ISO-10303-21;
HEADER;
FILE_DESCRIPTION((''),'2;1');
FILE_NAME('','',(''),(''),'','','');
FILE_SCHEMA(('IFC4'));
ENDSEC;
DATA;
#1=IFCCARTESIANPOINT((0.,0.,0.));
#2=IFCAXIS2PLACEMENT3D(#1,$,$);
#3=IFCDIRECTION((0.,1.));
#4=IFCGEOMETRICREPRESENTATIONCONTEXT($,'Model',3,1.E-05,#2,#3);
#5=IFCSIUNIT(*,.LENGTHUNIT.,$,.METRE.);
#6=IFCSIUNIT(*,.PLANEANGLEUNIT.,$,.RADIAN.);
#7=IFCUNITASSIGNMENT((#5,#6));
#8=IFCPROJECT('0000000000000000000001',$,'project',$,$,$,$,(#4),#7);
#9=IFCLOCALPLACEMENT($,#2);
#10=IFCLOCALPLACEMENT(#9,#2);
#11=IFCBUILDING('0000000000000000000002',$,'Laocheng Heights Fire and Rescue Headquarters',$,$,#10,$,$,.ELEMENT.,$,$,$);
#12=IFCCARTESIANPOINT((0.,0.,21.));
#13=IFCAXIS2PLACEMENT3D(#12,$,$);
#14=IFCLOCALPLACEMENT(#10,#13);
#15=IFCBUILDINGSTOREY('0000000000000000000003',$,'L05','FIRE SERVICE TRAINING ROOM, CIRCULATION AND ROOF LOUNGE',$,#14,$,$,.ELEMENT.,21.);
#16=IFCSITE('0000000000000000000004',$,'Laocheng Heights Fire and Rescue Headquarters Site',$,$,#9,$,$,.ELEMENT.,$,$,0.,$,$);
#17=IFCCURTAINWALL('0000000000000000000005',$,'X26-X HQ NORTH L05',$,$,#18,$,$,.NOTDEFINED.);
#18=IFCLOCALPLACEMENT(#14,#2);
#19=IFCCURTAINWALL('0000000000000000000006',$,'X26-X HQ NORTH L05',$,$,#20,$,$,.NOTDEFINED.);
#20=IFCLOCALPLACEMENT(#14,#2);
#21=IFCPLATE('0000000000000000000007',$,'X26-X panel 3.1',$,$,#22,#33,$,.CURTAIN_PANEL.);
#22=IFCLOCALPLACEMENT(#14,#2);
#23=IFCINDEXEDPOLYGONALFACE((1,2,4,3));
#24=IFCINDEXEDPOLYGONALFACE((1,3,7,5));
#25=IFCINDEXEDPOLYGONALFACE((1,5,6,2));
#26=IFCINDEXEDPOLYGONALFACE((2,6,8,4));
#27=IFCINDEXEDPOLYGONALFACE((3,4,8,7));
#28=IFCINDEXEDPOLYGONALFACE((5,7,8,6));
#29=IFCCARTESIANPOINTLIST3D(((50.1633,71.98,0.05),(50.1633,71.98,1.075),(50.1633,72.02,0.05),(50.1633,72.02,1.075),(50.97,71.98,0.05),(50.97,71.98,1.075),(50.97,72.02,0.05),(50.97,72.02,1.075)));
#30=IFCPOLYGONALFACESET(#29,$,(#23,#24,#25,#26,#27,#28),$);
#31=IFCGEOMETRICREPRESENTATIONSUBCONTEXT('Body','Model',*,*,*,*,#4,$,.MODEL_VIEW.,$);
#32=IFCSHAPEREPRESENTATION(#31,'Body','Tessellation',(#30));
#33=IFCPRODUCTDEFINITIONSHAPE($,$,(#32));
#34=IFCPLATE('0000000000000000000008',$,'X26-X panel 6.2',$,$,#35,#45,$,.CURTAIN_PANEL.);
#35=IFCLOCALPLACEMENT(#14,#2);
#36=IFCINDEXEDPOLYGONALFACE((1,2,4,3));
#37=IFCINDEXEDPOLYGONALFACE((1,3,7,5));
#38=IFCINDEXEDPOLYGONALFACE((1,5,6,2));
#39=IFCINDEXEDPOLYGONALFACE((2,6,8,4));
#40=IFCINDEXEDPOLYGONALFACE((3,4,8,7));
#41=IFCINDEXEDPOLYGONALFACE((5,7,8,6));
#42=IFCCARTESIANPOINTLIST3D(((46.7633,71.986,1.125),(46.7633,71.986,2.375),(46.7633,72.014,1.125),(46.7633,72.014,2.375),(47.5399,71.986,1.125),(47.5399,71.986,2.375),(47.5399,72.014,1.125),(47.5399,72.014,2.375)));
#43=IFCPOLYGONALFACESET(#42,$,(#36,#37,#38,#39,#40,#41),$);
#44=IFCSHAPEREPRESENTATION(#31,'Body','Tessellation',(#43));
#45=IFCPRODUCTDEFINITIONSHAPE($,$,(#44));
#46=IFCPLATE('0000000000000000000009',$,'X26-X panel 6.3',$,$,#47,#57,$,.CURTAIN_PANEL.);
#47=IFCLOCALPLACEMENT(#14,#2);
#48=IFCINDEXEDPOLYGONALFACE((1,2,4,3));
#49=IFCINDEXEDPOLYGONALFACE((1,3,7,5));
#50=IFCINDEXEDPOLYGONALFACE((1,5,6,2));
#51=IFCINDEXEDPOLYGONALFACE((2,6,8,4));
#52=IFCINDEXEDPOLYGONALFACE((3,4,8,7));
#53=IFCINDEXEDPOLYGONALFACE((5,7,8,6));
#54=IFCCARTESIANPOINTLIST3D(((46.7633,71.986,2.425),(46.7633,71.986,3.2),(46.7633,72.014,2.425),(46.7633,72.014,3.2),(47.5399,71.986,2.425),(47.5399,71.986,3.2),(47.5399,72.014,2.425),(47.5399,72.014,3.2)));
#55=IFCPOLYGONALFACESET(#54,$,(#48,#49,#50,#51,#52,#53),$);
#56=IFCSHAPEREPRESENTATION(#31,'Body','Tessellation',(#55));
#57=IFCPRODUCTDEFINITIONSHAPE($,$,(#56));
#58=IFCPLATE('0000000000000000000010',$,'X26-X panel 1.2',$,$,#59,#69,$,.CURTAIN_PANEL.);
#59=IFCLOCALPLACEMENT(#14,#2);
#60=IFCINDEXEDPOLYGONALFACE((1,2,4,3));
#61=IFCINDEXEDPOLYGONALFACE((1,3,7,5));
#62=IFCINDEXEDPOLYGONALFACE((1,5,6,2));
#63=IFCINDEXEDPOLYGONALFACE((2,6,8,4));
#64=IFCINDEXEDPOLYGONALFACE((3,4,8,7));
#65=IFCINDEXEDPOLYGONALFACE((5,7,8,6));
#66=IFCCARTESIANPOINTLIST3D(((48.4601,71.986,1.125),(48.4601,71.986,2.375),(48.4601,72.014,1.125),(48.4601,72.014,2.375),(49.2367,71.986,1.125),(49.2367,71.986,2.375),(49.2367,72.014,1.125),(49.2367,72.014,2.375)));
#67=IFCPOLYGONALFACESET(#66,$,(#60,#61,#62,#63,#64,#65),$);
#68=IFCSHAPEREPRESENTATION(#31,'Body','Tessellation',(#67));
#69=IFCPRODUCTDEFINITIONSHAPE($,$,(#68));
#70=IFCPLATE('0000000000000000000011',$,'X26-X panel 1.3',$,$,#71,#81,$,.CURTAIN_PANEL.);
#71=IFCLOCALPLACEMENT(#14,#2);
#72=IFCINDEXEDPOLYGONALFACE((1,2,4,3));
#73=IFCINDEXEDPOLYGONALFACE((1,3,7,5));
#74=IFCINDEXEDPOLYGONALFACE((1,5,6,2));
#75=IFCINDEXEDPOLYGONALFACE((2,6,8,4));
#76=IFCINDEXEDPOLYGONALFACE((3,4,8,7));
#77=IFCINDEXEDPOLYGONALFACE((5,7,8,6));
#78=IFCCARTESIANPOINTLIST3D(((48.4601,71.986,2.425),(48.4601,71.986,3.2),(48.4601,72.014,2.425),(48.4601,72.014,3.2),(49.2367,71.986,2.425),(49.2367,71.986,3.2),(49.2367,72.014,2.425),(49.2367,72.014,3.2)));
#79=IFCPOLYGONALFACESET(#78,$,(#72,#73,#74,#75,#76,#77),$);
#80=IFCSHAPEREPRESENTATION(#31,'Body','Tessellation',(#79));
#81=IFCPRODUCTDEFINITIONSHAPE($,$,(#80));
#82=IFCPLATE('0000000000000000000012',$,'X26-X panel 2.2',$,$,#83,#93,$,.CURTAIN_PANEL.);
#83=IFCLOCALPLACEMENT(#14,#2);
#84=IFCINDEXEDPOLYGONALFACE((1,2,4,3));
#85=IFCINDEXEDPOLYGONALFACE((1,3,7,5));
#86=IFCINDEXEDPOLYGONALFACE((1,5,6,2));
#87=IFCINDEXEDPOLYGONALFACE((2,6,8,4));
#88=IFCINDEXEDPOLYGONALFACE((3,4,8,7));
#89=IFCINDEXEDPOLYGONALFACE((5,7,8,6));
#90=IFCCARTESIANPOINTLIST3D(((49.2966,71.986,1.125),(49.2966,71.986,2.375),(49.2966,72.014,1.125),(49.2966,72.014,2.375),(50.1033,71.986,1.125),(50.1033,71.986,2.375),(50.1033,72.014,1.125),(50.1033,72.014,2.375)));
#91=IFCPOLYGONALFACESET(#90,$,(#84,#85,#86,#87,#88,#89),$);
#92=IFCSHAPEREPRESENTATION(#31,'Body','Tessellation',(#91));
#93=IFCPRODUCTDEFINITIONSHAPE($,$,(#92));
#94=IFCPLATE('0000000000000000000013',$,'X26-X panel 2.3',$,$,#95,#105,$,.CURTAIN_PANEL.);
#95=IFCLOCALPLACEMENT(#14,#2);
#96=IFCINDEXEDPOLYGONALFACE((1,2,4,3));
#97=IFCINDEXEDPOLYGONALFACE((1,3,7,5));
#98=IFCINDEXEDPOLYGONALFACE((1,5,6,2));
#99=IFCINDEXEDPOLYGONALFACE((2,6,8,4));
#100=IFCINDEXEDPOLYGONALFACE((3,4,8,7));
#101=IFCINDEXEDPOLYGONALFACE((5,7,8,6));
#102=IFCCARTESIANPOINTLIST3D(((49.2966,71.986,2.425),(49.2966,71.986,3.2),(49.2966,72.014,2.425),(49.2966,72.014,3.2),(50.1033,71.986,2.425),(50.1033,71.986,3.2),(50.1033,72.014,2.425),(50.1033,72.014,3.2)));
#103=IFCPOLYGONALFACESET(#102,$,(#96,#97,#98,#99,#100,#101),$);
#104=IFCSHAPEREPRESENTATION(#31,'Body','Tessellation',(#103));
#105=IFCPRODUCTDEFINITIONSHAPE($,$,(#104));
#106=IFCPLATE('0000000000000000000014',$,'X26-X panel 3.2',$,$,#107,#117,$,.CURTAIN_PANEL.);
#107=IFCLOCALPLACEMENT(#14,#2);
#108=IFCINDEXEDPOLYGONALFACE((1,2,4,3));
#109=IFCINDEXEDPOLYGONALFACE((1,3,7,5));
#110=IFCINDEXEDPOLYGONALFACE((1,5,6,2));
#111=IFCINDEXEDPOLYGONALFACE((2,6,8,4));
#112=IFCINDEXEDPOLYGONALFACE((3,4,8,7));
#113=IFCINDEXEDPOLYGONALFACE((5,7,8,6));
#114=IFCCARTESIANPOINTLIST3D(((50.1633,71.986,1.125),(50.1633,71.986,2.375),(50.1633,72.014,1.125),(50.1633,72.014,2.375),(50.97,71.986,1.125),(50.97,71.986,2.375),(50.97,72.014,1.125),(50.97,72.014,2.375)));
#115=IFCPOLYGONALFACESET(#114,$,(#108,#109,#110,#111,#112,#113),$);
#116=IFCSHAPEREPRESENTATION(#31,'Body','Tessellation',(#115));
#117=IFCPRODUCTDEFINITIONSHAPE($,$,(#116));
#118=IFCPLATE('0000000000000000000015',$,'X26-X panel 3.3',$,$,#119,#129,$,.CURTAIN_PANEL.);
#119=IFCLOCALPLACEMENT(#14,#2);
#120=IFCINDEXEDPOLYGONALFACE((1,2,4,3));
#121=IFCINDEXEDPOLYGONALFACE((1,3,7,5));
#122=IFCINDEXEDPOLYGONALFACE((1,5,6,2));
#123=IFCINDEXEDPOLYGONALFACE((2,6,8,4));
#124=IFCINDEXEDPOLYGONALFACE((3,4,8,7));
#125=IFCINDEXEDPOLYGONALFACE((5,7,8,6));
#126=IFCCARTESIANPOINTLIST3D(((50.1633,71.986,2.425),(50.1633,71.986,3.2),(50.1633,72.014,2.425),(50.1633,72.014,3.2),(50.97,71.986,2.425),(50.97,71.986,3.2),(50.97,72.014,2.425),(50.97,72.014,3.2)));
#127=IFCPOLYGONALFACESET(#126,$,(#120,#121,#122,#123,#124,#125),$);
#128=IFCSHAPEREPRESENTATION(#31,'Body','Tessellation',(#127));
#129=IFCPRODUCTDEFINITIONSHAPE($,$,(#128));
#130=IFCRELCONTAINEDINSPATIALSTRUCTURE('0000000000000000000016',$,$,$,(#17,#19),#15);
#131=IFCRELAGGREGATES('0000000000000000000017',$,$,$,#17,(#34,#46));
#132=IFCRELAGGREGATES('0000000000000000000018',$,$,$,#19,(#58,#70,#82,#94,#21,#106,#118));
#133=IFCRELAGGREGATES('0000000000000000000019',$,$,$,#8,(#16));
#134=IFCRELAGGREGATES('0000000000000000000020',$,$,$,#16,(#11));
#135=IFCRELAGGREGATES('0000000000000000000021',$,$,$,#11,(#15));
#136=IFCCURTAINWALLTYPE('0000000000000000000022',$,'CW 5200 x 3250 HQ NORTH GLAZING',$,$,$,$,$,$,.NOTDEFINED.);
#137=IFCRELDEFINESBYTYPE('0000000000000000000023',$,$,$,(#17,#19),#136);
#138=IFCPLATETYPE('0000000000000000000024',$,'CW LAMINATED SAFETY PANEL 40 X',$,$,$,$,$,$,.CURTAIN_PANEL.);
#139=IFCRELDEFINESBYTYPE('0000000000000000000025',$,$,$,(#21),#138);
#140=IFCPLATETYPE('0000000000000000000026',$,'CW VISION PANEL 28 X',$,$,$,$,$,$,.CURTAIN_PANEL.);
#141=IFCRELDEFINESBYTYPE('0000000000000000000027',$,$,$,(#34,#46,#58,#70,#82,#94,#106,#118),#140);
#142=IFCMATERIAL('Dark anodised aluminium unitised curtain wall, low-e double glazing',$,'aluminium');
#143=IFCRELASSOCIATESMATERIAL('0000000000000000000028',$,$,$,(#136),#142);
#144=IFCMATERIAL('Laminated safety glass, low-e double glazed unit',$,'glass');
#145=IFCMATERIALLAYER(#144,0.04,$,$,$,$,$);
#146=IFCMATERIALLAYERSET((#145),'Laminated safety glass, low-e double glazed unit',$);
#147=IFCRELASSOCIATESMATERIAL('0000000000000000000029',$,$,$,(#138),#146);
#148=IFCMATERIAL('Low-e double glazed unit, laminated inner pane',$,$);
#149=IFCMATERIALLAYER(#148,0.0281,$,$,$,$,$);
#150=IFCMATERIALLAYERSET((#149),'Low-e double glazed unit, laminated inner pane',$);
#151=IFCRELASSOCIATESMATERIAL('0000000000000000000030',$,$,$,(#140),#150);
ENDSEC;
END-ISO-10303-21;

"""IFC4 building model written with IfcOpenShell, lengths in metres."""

from ifc_helpers import new_model, si_unit, direction, frame, origin, origin_2d, place, context, subcontext, project, spatial, rectangle, extrude, material, layer, layer_set, type_object, element, aggregate, save


model = new_model("IFC4")

# Units and contexts
model_context = context("Model", 3, precision=1e-05, world=origin(), true_north=direction((0.0, 1.0)))
body_context = subcontext(model_context, "Body", "Model", "MODEL_VIEW")
ifc_project = project(units=[si_unit("LENGTHUNIT", "METRE"), si_unit("PLANEANGLEUNIT", "RADIAN")], contexts=[model_context])

# Site, building, storey
site_placement = place(None, origin())
site = spatial("IfcSite", under=ifc_project, at=site_placement, Name="Laocheng Heights Fire and Rescue Headquarters Site", CompositionType="ELEMENT", RefElevation=0.0)
building_placement = place(site_placement, origin())
building = spatial("IfcBuilding", under=site, at=building_placement, Name="Laocheng Heights Fire and Rescue Headquarters", CompositionType="ELEMENT")
storey_placement = place(building_placement, frame((0.0, 0.0, 21.0)))
storey = spatial("IfcBuildingStorey", under=building, at=storey_placement, Name="L05", Description="FIRE SERVICE TRAINING ROOM, CIRCULATION AND ROOF LOUNGE", CompositionType="ELEMENT", Elevation=21.0)

# Curtain wall
ifc_material_1 = material(Name="Dark anodised aluminium unitised curtain wall, low-e double glazing", Category="aluminium")
curtain_wall_type = type_object("IfcCurtainWallType", Name="CW 5200 x 3250 HQ NORTH GLAZING", PredefinedType="NOTDEFINED", material=ifc_material_1)
curtain_wall_1_placement = place(storey_placement, origin())
curtain_wall_1 = element("IfcCurtainWall", 1, at=curtain_wall_1_placement, inside=storey, type_object=curtain_wall_type, Name="X26-X HQ NORTH L05", PredefinedType="NOTDEFINED")

# Curtain wall
curtain_wall_2_placement = place(storey_placement, origin())
curtain_wall_2 = element("IfcCurtainWall", 2, at=curtain_wall_2_placement, inside=storey, type_object=curtain_wall_type, Name="X26-X HQ NORTH L05", PredefinedType="NOTDEFINED")

# Plates
ifc_material_2 = material(Name="Laminated safety glass, low-e double glazed unit", Category="glass")
ifc_layer_1 = layer(ifc_material_2, 0.04)
ifc_layer_set_1 = layer_set([ifc_layer_1], Name="Laminated safety glass, low-e double glazed unit")
plate_type_1 = type_object("IfcPlateType", Name="CW LAMINATED SAFETY PANEL 40 X", PredefinedType="CURTAIN_PANEL", material=ifc_layer_set_1)
plate_1_placement = place(storey_placement, frame((50.5667, 72.0, 0.05), z_axis=(0.0, 0.0, 1.0), x_axis=(1.0, 0.0, 0.0)))
plate_1 = element("IfcPlate", 3, at=plate_1_placement, type_object=plate_type_1, Name="X26-X panel 3.1", PredefinedType="CURTAIN_PANEL", context=body_context, shape_type="SweptSolid", body=[
    extrude(rectangle(XDim=0.8066, YDim=0.04, at=origin_2d()), origin(), (0.0, 0.0, 1.0), 1.0249),
])
ifc_material_3 = material(Name="Low-e double glazed unit, laminated inner pane")
ifc_layer_2 = layer(ifc_material_3, 0.0281)
ifc_layer_set_2 = layer_set([ifc_layer_2], Name="Low-e double glazed unit, laminated inner pane")
plate_type_2 = type_object("IfcPlateType", Name="CW VISION PANEL 28 X", PredefinedType="CURTAIN_PANEL", material=ifc_layer_set_2)
plate_2_placement = place(storey_placement, frame((47.1516, 72.0, 1.125), z_axis=(0.0, 0.0, 1.0), x_axis=(1.0, 0.0, 0.0)))
plate_2 = element("IfcPlate", 4, at=plate_2_placement, type_object=plate_type_2, Name="X26-X panel 6.2", PredefinedType="CURTAIN_PANEL", context=body_context, shape_type="SweptSolid", body=[
    extrude(rectangle(XDim=0.7766, YDim=0.0281, at=origin_2d()), origin(), (0.0, 0.0, 1.0), 1.25),
])
plate_3_placement = place(storey_placement, frame((47.1516, 72.0, 2.425), z_axis=(0.0, 0.0, 1.0), x_axis=(1.0, 0.0, 0.0)))
plate_3 = element("IfcPlate", 5, at=plate_3_placement, type_object=plate_type_2, Name="X26-X panel 6.3", PredefinedType="CURTAIN_PANEL", context=body_context, shape_type="SweptSolid", body=[
    extrude(rectangle(XDim=0.7766, YDim=0.0281, at=origin_2d()), origin(), (0.0, 0.0, 1.0), 0.7749),
])
aggregate(curtain_wall_1, [plate_2, plate_3])
plate_4_placement = place(storey_placement, frame((48.8484, 72.0, 1.125), z_axis=(0.0, 0.0, 1.0), x_axis=(1.0, 0.0, 0.0)))
plate_4 = element("IfcPlate", 6, at=plate_4_placement, type_object=plate_type_2, Name="X26-X panel 1.2", PredefinedType="CURTAIN_PANEL", context=body_context, shape_type="SweptSolid", body=[
    extrude(rectangle(XDim=0.7766, YDim=0.0281, at=origin_2d()), origin(), (0.0, 0.0, 1.0), 1.25),
])
plate_5_placement = place(storey_placement, frame((48.8484, 72.0, 2.425), z_axis=(0.0, 0.0, 1.0), x_axis=(1.0, 0.0, 0.0)))
plate_5 = element("IfcPlate", 7, at=plate_5_placement, type_object=plate_type_2, Name="X26-X panel 1.3", PredefinedType="CURTAIN_PANEL", context=body_context, shape_type="SweptSolid", body=[
    extrude(rectangle(XDim=0.7766, YDim=0.0281, at=origin_2d()), origin(), (0.0, 0.0, 1.0), 0.7749),
])
plate_6_placement = place(storey_placement, frame((49.7, 72.0, 1.125), z_axis=(0.0, 0.0, 1.0), x_axis=(1.0, 0.0, 0.0)))
plate_6 = element("IfcPlate", 8, at=plate_6_placement, type_object=plate_type_2, Name="X26-X panel 2.2", PredefinedType="CURTAIN_PANEL", context=body_context, shape_type="SweptSolid", body=[
    extrude(rectangle(XDim=0.8066, YDim=0.0281, at=origin_2d()), origin(), (0.0, 0.0, 1.0), 1.25),
])
plate_7_placement = place(storey_placement, frame((49.7, 72.0, 2.425), z_axis=(0.0, 0.0, 1.0), x_axis=(1.0, 0.0, 0.0)))
plate_7 = element("IfcPlate", 9, at=plate_7_placement, type_object=plate_type_2, Name="X26-X panel 2.3", PredefinedType="CURTAIN_PANEL", context=body_context, shape_type="SweptSolid", body=[
    extrude(rectangle(XDim=0.8066, YDim=0.0281, at=origin_2d()), origin(), (0.0, 0.0, 1.0), 0.7749),
])
plate_8_placement = place(storey_placement, frame((50.5667, 72.0, 1.125), z_axis=(0.0, 0.0, 1.0), x_axis=(1.0, 0.0, 0.0)))
plate_8 = element("IfcPlate", 10, at=plate_8_placement, type_object=plate_type_2, Name="X26-X panel 3.2", PredefinedType="CURTAIN_PANEL", context=body_context, shape_type="SweptSolid", body=[
    extrude(rectangle(XDim=0.8066, YDim=0.0281, at=origin_2d()), origin(), (0.0, 0.0, 1.0), 1.25),
])
plate_9_placement = place(storey_placement, frame((50.5667, 72.0, 2.425), z_axis=(0.0, 0.0, 1.0), x_axis=(1.0, 0.0, 0.0)))
plate_9 = element("IfcPlate", 11, at=plate_9_placement, type_object=plate_type_2, Name="X26-X panel 3.3", PredefinedType="CURTAIN_PANEL", context=body_context, shape_type="SweptSolid", body=[
    extrude(rectangle(XDim=0.8066, YDim=0.0281, at=origin_2d()), origin(), (0.0, 0.0, 1.0), 0.7749),
])
aggregate(curtain_wall_2, [plate_4, plate_5, plate_6, plate_7, plate_1, plate_8, plate_9])

save(model, "model.ifc")
